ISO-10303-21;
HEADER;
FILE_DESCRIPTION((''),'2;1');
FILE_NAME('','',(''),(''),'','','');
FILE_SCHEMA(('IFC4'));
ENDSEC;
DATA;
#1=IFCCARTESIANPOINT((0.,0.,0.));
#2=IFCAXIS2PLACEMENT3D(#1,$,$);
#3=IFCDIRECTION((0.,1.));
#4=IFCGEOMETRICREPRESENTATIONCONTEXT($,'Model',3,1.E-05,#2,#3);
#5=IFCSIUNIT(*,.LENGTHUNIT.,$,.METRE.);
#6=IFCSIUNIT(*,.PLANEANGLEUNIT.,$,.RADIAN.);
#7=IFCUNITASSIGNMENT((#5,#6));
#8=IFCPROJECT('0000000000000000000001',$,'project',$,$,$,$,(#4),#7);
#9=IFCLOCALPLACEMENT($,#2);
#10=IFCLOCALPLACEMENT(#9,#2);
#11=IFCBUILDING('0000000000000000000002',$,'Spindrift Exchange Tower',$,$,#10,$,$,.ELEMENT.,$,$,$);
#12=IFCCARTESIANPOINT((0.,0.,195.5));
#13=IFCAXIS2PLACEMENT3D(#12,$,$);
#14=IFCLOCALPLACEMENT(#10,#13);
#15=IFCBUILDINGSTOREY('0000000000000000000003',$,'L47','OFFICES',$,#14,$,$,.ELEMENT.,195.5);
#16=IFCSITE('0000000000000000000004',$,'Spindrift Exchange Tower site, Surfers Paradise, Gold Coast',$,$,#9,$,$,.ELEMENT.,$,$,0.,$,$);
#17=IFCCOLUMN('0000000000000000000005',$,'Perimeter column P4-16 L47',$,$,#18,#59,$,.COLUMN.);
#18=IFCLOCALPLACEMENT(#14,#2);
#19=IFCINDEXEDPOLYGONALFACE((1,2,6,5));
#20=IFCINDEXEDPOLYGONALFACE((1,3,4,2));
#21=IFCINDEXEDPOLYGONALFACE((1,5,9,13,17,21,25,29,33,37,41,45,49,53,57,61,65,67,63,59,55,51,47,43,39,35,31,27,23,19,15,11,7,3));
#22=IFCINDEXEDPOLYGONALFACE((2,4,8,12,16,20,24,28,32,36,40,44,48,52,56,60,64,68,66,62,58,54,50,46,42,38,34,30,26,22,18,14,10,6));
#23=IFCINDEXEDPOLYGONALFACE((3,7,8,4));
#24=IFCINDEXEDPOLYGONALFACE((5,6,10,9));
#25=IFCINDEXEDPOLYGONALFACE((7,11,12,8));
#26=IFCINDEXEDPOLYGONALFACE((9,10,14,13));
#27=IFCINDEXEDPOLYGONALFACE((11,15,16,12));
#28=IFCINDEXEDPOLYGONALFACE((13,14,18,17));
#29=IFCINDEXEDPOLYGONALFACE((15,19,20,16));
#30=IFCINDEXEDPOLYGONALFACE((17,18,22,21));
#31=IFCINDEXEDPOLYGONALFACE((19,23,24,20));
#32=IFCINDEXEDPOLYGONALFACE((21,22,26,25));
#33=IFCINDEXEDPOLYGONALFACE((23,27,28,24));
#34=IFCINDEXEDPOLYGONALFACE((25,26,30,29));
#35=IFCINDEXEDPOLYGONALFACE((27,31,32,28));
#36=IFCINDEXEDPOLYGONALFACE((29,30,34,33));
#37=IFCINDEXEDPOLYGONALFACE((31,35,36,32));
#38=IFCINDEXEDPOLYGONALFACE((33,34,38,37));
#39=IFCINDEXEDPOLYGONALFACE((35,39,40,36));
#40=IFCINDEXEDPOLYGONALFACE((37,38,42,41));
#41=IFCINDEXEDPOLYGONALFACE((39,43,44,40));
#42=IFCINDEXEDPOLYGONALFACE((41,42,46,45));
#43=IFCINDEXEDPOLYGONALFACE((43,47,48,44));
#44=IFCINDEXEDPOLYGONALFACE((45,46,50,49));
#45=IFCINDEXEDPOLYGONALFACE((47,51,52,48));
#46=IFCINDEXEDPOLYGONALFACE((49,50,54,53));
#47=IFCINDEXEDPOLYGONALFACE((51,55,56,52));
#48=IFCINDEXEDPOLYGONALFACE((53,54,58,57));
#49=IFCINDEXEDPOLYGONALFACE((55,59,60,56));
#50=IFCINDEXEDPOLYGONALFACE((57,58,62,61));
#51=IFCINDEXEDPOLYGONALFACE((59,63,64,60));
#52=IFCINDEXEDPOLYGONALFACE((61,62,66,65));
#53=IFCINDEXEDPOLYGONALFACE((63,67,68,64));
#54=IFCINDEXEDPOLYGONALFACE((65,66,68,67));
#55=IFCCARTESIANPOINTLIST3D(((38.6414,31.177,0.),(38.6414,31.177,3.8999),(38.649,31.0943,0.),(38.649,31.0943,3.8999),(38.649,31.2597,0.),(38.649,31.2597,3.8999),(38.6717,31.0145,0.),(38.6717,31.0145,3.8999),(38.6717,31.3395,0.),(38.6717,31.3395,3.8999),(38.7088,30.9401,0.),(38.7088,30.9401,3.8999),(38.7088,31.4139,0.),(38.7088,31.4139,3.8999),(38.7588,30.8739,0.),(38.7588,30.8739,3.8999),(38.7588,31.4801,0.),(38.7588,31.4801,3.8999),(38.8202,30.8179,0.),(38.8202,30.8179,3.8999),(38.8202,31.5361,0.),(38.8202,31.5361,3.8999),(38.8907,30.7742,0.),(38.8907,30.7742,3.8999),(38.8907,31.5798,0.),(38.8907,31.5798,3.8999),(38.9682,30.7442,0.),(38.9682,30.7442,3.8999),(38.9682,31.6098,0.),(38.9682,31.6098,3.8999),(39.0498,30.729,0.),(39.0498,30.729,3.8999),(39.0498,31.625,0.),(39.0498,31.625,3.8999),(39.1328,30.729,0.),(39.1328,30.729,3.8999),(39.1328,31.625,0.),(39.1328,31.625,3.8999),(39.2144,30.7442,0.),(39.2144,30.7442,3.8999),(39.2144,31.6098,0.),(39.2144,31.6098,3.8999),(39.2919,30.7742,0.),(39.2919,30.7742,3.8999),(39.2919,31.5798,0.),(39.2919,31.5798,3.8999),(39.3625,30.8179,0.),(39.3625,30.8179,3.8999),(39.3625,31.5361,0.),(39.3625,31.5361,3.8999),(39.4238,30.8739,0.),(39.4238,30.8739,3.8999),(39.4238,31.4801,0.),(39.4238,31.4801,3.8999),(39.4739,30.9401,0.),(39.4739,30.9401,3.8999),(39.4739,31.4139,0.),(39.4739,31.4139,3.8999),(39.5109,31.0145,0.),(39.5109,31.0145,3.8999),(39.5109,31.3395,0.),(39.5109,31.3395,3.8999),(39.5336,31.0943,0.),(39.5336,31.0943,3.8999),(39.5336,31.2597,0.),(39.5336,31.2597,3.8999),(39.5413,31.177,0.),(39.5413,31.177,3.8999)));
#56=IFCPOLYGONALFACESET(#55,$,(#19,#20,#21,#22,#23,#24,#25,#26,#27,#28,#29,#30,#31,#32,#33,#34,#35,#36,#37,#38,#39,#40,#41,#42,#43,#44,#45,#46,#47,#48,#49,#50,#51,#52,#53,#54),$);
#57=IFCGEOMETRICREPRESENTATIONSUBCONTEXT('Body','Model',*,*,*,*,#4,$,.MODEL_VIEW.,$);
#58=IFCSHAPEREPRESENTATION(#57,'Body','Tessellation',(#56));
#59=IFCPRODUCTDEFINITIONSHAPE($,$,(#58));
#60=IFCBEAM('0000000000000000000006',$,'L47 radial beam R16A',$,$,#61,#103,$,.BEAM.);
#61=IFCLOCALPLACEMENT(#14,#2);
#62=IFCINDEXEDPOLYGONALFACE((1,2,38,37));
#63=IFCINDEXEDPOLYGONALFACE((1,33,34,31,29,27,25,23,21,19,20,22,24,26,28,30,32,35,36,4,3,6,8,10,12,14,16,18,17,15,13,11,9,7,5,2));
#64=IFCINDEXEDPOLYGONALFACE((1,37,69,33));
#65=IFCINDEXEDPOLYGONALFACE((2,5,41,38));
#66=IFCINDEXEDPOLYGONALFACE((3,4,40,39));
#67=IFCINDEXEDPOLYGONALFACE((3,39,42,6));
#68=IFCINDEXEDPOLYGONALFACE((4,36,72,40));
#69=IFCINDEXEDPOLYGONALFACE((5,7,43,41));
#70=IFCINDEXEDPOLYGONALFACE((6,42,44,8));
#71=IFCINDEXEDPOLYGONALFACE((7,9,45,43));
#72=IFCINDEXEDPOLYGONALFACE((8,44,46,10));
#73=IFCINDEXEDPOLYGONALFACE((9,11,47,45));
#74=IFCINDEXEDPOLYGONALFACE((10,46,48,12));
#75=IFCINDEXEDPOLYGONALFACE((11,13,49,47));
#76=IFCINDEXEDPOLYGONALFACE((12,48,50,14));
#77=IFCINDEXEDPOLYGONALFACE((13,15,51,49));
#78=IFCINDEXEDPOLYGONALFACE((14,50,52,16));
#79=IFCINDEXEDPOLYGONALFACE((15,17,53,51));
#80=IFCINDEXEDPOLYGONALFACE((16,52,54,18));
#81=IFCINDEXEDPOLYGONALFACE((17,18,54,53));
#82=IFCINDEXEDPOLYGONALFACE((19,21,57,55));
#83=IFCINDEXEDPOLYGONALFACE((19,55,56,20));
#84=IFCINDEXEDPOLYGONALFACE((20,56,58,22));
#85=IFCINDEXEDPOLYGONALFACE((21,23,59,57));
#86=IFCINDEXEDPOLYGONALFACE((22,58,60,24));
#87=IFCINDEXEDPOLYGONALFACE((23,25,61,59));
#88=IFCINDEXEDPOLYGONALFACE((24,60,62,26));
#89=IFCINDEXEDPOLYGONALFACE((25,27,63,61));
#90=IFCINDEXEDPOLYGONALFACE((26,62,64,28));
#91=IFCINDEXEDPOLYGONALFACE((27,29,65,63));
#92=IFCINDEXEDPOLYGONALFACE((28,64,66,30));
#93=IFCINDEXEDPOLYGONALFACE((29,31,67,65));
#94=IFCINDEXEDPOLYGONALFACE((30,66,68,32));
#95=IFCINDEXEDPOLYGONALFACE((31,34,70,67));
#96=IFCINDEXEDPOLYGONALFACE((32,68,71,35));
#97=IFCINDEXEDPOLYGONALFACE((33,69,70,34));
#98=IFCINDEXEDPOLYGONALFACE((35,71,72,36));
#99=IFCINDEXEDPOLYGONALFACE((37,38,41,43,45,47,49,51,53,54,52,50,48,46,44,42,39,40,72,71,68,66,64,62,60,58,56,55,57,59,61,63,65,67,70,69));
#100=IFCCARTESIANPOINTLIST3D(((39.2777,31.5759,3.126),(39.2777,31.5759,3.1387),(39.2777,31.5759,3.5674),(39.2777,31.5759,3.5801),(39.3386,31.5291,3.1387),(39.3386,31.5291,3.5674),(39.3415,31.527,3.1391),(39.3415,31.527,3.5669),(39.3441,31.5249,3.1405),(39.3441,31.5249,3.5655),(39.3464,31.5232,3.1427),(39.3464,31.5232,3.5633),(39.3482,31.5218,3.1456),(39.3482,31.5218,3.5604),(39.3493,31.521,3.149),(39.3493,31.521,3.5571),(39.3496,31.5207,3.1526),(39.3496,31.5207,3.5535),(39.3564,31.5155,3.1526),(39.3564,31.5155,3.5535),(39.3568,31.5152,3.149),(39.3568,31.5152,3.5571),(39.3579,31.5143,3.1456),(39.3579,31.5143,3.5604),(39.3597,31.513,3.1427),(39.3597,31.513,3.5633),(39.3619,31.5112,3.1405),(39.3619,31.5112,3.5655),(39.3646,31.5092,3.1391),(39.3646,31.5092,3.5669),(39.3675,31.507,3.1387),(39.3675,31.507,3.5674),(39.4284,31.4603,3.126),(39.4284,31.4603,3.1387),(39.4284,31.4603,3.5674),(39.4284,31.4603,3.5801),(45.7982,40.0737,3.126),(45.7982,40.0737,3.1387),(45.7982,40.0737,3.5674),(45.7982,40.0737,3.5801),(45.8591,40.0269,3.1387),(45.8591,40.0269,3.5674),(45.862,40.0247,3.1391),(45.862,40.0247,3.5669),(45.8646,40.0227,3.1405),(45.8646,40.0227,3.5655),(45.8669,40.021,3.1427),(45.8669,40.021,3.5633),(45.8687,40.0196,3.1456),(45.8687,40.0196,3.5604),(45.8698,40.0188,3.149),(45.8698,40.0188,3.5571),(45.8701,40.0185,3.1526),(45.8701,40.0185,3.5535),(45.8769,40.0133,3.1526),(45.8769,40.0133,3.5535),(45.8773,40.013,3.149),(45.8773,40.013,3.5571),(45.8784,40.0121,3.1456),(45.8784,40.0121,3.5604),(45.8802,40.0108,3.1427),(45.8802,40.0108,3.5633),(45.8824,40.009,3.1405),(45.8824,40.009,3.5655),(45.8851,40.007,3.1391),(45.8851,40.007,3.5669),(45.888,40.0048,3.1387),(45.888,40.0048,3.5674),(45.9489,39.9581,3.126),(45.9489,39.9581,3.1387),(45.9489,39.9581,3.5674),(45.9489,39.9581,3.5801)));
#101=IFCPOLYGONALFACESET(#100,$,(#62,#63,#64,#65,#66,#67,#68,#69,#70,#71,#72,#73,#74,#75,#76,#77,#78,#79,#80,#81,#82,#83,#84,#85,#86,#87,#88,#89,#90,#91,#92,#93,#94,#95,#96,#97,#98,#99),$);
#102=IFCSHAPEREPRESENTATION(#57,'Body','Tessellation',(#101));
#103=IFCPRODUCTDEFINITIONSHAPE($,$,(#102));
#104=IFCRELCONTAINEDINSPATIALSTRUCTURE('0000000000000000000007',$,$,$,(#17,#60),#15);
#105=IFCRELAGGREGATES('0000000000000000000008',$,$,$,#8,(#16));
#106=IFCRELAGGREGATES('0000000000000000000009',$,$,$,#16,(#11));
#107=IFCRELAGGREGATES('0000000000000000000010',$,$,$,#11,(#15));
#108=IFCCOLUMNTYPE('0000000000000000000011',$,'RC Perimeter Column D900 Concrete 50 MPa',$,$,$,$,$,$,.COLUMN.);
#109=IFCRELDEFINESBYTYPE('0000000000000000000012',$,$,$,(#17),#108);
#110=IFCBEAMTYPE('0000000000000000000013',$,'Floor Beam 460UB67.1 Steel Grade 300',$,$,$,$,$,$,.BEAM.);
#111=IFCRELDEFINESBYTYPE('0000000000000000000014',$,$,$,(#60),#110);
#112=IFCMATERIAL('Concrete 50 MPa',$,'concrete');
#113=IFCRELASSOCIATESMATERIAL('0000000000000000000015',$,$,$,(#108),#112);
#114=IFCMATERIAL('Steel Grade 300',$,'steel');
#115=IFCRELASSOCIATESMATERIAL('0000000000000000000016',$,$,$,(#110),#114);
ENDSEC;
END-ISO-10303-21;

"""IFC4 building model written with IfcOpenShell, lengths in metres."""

from ifc_helpers import new_model, si_unit, direction, frame, origin, origin_2d, place, context, subcontext, project, spatial, circle, i_section, extrude, source, transform, mapped, material, material_profile, profile_set, type_object, element, save


model = new_model("IFC4")

# Units and contexts
model_context = context("Model", 3, precision=1e-05, world=origin(), true_north=direction((0.0, 1.0)))
body_context = subcontext(model_context, "Body", "Model", "MODEL_VIEW")
ifc_project = project(units=[si_unit("LENGTHUNIT", "METRE"), si_unit("PLANEANGLEUNIT", "RADIAN")], contexts=[model_context])

# Site, building, storey
site_placement = place(None, origin())
site = spatial("IfcSite", under=ifc_project, at=site_placement, Name="Spindrift Exchange Tower site, Surfers Paradise, Gold Coast", CompositionType="ELEMENT", RefElevation=0.0)
building_placement = place(site_placement, origin())
building = spatial("IfcBuilding", under=site, at=building_placement, Name="Spindrift Exchange Tower", CompositionType="ELEMENT")
storey_placement = place(building_placement, frame((0.0, 0.0, 195.5)))
storey = spatial("IfcBuildingStorey", under=building, at=storey_placement, Name="L47", Description="OFFICES", CompositionType="ELEMENT", Elevation=195.5)

# Column
ifc_material_1 = material(Name="Concrete 50 MPa", Category="concrete")
ifc_material_profile_1 = material_profile(ifc_material_1, circle(Radius=0.45, at=origin_2d()), Name="RC D900")
ifc_profile_set_1 = profile_set([ifc_material_profile_1], Name="Concrete 50 MPa")
column_type = type_object("IfcColumnType", Name="RC Perimeter Column D900 Concrete 50 MPa", PredefinedType="COLUMN", material=ifc_profile_set_1)
shared_shape_1 = source(origin(), body_context, "Body", "SweptSolid", [
    extrude(circle(Radius=0.45, at=origin_2d()), origin(), (0.0, 0.0, 1.0), 3.8999),
])
column_placement = place(storey_placement, frame((39.0913, 31.177, 0.0), z_axis=(0.0, 0.0, 1.0), x_axis=(1.0, 0.0, 0.0)))
element("IfcColumn", 1, at=column_placement, inside=storey, type_object=column_type, Name="Perimeter column P4-16 L47", PredefinedType="COLUMN", context=body_context, shape_type="MappedRepresentation", body=[
    mapped(shared_shape_1, transform((0.0, 0.0, 0.0), scale=1.0)),
])

# Beam
ifc_material_2 = material(Name="Steel Grade 300", Category="steel")
ifc_material_profile_2 = material_profile(ifc_material_2, i_section(OverallWidth=0.1899, OverallDepth=0.4541, WebThickness=0.0085, FlangeThickness=0.0127, FilletRadius=0.0139, at=origin_2d()), Name="460UB67.1")
ifc_profile_set_2 = profile_set([ifc_material_profile_2], Name="Steel Grade 300")
beam_type = type_object("IfcBeamType", Name="Floor Beam 460UB67.1 Steel Grade 300", PredefinedType="BEAM", material=ifc_profile_set_2)
shared_shape_2 = source(origin(), body_context, "Body", "SweptSolid", [
    extrude(i_section(OverallWidth=0.1899, OverallDepth=0.4541, WebThickness=0.0085, FlangeThickness=0.0127, FilletRadius=0.0139, at=origin_2d()), origin(), (0.0, 0.0, 1.0), 10.7112),
])
beam_placement = place(storey_placement, frame((45.8735, 40.0159, 3.353), z_axis=(-0.608756, -0.793357, 0.0), x_axis=(0.793357, -0.608756, 0.0)))
element("IfcBeam", 2, at=beam_placement, inside=storey, type_object=beam_type, Name="L47 radial beam R16A", PredefinedType="BEAM", context=body_context, shape_type="MappedRepresentation", body=[
    mapped(shared_shape_2, transform((0.0, 0.0, 0.0), scale=1.0)),
])

save(model, "model.ifc")
